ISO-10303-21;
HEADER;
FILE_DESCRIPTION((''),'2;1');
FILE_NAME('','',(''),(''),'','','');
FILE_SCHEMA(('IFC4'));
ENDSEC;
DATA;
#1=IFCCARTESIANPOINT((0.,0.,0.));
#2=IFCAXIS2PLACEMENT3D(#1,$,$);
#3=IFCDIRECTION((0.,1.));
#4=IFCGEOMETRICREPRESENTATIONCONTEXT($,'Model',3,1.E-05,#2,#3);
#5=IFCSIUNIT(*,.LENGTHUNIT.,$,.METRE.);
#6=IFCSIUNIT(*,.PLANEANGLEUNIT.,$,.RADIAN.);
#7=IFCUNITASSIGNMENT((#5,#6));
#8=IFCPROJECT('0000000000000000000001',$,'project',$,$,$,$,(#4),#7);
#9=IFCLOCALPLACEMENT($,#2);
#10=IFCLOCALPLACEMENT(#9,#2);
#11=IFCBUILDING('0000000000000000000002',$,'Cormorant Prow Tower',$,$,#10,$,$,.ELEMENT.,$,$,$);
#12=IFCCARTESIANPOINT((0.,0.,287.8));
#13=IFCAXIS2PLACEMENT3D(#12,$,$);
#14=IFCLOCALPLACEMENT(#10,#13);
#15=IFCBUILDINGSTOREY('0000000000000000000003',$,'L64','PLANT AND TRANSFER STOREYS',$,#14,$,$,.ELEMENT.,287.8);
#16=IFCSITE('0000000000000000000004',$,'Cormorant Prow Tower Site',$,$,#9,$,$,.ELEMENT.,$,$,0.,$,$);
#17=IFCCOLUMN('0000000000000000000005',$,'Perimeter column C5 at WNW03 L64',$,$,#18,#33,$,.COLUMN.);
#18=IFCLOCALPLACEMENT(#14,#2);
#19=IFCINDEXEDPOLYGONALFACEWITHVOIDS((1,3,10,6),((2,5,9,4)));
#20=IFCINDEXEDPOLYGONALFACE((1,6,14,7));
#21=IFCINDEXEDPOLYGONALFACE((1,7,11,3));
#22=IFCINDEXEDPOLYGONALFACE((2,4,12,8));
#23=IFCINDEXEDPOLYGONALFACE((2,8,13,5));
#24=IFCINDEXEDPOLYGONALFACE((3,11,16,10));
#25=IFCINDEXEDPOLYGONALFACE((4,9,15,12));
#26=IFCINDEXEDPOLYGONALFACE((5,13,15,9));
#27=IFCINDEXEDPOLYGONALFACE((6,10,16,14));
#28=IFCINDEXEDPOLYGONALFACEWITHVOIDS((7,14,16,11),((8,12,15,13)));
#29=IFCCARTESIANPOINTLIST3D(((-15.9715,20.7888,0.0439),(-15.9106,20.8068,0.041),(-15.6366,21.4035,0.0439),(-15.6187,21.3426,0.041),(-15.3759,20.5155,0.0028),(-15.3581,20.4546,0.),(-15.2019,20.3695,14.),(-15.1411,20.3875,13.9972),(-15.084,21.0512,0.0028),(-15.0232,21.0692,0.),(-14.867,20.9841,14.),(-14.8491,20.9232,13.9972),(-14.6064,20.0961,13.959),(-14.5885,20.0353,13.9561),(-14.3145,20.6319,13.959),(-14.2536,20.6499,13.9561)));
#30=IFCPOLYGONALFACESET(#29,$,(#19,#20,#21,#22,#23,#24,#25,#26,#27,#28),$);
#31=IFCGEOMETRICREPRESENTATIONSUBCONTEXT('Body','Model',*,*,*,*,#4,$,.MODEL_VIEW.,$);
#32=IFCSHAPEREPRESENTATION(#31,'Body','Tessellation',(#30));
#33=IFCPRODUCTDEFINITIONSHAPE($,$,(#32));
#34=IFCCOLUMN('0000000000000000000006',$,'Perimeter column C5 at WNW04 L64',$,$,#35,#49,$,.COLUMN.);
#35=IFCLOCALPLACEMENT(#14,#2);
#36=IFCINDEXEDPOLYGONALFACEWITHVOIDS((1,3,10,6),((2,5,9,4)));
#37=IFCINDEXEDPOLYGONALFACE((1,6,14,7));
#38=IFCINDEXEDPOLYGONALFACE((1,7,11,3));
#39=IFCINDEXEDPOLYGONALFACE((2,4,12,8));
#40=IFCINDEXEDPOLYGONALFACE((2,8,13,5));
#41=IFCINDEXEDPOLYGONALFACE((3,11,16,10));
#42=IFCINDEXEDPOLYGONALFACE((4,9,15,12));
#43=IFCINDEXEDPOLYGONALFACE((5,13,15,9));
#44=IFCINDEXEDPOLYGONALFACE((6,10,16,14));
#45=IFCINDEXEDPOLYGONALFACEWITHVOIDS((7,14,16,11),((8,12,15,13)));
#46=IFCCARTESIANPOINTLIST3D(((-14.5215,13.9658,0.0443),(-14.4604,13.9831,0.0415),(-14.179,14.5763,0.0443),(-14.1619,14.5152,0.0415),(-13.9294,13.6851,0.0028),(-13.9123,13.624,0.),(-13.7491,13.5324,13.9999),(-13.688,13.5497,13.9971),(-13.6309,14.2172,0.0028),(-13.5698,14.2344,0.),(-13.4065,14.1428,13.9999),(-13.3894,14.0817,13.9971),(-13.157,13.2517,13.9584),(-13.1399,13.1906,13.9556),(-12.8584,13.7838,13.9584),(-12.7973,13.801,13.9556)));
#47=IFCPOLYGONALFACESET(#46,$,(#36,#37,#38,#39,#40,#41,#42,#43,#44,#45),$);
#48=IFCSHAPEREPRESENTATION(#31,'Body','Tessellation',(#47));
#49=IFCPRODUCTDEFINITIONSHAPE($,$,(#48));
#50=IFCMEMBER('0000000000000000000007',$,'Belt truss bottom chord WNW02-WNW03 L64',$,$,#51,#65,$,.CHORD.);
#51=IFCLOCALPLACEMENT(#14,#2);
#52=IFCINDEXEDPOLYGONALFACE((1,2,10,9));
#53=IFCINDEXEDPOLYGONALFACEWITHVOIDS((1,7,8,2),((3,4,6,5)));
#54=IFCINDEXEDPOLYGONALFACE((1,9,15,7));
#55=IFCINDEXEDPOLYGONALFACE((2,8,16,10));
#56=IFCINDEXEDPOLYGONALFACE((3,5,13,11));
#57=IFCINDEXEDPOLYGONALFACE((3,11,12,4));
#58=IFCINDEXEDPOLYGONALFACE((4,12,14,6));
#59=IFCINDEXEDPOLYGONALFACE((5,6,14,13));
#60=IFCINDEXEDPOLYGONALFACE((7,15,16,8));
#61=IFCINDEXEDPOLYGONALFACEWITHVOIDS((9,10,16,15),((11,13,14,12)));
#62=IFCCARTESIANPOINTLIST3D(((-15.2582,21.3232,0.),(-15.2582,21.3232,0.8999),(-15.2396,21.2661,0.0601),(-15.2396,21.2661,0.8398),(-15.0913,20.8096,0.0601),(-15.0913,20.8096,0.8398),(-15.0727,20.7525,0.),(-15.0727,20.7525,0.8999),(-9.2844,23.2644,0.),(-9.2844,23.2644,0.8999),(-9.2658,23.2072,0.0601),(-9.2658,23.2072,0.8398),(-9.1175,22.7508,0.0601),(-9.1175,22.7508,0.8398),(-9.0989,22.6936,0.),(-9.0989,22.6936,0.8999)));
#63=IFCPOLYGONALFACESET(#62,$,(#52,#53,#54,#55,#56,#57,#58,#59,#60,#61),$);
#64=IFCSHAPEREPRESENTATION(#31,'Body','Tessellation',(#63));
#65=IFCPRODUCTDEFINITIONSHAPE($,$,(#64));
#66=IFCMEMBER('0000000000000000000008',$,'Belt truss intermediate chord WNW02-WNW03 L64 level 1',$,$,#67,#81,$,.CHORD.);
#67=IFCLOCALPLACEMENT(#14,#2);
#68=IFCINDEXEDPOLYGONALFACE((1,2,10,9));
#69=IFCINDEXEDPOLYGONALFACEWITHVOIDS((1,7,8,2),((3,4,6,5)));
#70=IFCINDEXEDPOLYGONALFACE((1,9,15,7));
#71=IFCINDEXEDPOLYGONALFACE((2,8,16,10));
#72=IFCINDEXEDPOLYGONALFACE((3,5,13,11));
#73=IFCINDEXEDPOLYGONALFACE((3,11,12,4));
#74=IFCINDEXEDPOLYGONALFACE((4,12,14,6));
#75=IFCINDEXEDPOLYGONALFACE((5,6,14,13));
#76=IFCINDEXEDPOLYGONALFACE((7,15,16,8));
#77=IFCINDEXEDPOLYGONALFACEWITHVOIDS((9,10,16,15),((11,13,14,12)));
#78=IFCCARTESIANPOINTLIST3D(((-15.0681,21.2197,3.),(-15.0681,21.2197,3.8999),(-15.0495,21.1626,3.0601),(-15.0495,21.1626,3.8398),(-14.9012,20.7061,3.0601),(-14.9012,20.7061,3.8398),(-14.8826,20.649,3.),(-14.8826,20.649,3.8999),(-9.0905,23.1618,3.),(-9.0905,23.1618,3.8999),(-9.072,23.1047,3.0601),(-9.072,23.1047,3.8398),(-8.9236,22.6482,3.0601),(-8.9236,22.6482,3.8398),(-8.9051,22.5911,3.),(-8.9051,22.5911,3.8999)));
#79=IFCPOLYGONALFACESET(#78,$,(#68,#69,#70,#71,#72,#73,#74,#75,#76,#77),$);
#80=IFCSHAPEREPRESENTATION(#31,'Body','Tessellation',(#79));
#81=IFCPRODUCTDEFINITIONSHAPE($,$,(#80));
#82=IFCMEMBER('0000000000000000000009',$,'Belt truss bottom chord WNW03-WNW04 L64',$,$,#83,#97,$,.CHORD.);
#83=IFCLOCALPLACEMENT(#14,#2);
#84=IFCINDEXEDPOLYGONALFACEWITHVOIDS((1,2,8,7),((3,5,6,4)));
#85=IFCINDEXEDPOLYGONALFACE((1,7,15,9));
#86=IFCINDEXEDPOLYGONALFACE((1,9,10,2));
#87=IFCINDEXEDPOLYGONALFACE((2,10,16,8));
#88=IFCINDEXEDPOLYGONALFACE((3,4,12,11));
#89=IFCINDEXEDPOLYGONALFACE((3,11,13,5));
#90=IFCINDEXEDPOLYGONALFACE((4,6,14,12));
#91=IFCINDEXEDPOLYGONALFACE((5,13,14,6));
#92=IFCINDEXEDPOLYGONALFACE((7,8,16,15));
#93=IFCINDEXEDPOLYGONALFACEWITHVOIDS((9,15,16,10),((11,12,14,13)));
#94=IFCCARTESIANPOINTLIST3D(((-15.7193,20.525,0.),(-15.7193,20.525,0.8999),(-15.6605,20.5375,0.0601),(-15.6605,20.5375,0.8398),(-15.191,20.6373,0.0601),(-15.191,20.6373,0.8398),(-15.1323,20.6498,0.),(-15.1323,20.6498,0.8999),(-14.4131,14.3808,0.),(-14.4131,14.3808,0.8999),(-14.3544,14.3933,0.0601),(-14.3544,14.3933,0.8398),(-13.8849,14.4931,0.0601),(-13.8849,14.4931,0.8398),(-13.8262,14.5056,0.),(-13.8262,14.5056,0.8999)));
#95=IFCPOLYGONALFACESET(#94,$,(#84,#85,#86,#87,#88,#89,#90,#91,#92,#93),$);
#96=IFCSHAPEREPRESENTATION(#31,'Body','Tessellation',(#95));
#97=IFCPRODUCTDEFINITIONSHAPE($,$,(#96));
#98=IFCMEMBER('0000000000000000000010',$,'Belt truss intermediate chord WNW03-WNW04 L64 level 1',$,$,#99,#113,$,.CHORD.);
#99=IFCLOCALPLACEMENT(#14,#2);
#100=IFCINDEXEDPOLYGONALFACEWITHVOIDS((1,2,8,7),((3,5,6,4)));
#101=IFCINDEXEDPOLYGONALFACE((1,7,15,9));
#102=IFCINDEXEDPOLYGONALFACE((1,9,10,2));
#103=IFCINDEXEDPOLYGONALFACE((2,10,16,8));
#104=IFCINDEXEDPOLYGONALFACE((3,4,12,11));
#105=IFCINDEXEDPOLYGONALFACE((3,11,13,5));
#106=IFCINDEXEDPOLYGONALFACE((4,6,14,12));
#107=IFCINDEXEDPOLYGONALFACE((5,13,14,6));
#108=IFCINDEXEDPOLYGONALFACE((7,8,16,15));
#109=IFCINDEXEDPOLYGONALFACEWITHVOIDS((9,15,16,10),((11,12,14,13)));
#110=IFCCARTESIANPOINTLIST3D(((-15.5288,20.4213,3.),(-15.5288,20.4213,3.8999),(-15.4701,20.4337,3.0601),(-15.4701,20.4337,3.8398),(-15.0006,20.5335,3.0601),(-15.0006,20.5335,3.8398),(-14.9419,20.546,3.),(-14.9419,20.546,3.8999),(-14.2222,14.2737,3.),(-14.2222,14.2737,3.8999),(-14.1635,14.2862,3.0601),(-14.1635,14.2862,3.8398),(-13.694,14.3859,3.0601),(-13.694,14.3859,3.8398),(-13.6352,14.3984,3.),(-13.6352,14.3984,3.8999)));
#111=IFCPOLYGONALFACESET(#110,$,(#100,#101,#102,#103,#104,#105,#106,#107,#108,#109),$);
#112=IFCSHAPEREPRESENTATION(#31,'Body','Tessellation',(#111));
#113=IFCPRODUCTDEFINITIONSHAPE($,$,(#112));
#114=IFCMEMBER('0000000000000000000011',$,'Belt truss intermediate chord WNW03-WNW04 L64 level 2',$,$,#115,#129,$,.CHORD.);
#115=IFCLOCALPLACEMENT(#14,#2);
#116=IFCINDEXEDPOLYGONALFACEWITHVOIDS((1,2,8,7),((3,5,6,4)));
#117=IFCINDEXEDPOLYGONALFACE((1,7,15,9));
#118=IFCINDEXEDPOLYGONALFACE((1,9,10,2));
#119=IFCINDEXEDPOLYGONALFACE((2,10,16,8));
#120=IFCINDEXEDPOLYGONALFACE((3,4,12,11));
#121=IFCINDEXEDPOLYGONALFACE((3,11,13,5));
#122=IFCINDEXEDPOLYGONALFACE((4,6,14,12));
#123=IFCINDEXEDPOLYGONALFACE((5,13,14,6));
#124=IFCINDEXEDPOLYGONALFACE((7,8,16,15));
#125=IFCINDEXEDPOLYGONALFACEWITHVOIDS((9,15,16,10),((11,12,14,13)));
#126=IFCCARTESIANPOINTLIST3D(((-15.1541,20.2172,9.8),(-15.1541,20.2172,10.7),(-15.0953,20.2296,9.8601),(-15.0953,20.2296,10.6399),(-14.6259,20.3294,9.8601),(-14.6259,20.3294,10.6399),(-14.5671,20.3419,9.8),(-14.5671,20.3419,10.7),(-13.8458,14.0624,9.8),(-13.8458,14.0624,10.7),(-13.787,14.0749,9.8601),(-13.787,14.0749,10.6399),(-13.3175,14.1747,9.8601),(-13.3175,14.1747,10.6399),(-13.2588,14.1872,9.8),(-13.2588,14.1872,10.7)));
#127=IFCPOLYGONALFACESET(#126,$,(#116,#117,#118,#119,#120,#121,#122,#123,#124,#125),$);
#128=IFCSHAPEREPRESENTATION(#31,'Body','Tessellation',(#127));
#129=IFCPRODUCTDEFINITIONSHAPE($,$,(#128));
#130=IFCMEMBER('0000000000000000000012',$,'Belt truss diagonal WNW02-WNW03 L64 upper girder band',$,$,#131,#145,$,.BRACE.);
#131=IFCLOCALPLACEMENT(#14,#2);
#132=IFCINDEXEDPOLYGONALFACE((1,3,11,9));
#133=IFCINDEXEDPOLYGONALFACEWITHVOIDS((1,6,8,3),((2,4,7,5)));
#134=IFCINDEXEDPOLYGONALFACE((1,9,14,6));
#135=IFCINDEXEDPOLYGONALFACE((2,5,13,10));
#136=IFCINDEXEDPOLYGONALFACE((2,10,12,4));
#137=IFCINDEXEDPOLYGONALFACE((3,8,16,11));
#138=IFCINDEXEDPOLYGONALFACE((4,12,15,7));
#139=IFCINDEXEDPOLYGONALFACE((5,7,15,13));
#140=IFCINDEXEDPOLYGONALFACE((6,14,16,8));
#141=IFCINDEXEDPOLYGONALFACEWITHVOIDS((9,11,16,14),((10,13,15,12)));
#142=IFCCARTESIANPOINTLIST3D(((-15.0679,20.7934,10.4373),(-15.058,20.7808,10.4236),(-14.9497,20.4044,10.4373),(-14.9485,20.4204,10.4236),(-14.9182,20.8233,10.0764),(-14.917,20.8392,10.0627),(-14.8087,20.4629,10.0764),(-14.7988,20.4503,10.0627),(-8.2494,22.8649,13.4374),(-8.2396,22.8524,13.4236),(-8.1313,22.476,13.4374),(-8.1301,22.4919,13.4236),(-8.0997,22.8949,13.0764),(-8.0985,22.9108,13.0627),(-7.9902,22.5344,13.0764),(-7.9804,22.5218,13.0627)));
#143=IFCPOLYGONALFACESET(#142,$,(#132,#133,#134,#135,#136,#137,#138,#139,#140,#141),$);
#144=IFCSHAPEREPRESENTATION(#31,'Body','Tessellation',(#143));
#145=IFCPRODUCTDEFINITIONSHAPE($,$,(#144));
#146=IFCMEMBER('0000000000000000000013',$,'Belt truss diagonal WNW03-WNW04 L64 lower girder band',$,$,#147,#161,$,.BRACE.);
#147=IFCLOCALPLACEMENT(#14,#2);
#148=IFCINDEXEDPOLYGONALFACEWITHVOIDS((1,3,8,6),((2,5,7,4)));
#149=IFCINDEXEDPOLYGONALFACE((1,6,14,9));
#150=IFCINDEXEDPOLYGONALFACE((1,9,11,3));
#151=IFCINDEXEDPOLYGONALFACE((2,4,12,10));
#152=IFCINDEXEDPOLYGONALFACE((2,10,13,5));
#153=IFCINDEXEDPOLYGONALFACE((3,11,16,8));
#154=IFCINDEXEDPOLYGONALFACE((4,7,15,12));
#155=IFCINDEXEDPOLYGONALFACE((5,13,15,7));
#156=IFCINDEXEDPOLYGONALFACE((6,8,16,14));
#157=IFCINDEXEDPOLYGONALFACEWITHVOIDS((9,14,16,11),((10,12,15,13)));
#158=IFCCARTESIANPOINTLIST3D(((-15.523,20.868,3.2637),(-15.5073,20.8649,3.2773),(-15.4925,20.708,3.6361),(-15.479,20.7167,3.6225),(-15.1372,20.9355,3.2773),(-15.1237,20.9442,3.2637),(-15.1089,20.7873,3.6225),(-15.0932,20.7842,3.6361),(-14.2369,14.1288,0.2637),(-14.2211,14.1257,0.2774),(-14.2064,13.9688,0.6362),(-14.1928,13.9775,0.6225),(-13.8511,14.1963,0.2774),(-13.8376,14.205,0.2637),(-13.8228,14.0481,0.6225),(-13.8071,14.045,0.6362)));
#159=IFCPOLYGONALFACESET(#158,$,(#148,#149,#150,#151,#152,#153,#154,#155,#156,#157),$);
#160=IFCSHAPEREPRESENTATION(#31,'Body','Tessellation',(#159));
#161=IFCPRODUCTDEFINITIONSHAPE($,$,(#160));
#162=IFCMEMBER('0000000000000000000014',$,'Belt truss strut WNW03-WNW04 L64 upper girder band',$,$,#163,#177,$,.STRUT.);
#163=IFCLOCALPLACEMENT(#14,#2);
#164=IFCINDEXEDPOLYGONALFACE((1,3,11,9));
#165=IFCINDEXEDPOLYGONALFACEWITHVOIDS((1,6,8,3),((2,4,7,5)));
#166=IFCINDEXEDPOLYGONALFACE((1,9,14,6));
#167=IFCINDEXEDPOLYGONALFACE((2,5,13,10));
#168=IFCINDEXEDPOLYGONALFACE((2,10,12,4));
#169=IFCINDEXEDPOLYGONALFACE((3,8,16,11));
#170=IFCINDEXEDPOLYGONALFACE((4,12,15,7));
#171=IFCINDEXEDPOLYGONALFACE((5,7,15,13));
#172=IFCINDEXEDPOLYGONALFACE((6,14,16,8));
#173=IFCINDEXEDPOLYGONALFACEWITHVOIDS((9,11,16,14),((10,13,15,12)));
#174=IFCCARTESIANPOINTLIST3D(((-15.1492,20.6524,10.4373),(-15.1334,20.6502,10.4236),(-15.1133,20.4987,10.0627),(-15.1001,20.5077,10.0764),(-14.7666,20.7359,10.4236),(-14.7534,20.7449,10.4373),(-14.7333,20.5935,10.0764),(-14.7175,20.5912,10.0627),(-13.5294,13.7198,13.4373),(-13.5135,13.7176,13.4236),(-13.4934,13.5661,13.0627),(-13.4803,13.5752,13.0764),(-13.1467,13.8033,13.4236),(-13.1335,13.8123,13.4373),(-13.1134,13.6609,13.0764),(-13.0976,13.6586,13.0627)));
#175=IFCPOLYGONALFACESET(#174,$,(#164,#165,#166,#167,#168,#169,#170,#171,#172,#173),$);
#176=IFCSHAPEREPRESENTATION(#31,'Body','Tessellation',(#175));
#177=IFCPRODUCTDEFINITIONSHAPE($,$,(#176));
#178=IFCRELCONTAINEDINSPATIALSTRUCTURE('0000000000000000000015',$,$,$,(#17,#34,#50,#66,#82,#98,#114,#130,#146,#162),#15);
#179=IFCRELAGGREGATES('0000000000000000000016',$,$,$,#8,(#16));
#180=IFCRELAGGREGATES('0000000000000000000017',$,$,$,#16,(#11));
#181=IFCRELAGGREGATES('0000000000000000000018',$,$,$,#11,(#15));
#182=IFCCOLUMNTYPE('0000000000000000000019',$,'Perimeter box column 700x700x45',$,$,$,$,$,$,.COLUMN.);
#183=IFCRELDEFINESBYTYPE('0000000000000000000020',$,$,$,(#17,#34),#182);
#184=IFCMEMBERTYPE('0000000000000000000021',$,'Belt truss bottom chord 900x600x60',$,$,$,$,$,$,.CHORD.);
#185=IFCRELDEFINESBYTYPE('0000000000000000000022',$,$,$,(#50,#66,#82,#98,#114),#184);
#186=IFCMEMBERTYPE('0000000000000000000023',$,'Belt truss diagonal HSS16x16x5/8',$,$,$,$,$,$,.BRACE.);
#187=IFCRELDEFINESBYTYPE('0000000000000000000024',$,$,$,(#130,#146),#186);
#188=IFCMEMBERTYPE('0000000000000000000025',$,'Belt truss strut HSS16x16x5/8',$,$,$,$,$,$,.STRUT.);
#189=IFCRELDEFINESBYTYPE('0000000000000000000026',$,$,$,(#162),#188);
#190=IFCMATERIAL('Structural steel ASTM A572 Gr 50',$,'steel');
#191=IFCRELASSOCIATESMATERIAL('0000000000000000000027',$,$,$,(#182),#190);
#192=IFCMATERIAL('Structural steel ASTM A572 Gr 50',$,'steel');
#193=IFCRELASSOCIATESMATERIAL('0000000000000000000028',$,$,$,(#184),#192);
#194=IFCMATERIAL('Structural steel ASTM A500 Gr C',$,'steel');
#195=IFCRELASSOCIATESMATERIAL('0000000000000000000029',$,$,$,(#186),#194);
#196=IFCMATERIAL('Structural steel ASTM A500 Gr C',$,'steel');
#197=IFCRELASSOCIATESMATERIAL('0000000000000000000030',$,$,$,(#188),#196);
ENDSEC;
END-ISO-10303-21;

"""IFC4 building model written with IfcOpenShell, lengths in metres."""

from ifc_helpers import new_model, si_unit, direction, frame, origin, origin_2d, place, context, subcontext, project, spatial, hollow_rectangle, extrude, material, material_profile, profile_set, type_object, element, save


model = new_model("IFC4")

# Units and contexts
model_context = context("Model", 3, precision=1e-05, world=origin(), true_north=direction((0.0, 1.0)))
body_context = subcontext(model_context, "Body", "Model", "MODEL_VIEW")
ifc_project = project(units=[si_unit("LENGTHUNIT", "METRE"), si_unit("PLANEANGLEUNIT", "RADIAN")], contexts=[model_context])

# Site, building, storey
site_placement = place(None, origin())
site = spatial("IfcSite", under=ifc_project, at=site_placement, Name="Cormorant Prow Tower Site", CompositionType="ELEMENT", RefElevation=0.0)
building_placement = place(site_placement, origin())
building = spatial("IfcBuilding", under=site, at=building_placement, Name="Cormorant Prow Tower", CompositionType="ELEMENT")
storey_placement = place(building_placement, frame((0.0, 0.0, 287.8)))
storey = spatial("IfcBuildingStorey", under=building, at=storey_placement, Name="L64", Description="PLANT AND TRANSFER STOREYS", CompositionType="ELEMENT", Elevation=287.8)

# Columns
ifc_material_1 = material(Name="Structural steel ASTM A572 Gr 50", Category="steel")
ifc_material_profile_1 = material_profile(ifc_material_1, hollow_rectangle(XDim=0.7, YDim=0.7, WallThickness=0.0449, at=origin_2d()), Name="Box 700x700x45")
ifc_profile_set_1 = profile_set([ifc_material_profile_1], Name="Structural steel ASTM A572 Gr 50")
column_type = type_object("IfcColumnType", Name="Perimeter box column 700x700x45", PredefinedType="COLUMN", material=ifc_profile_set_1)
column_1_placement = place(storey_placement, frame((-15.4985, 20.9297, 0.0), z_axis=(0.055033, -0.029988, 0.998034), x_axis=(0.478482, 0.878097, 0.0)))
element("IfcColumn", 1, at=column_1_placement, inside=storey, type_object=column_type, Name="Perimeter column C5 at WNW03 L64", PredefinedType="COLUMN", context=body_context, shape_type="SweptSolid", body=[
    extrude(hollow_rectangle(XDim=0.7, YDim=0.7, WallThickness=0.0449, at=origin_2d()), frame((0.0, 0.0, 0.022)), (0.0, 0.0, 1.0), 13.9836),
])
column_2_placement = place(storey_placement, frame((-14.0469, 14.1008, 0.0), z_axis=(0.055239, -0.030996, 0.997992), x_axis=(0.489348, 0.872089, 0.0)))
element("IfcColumn", 2, at=column_2_placement, inside=storey, type_object=column_type, Name="Perimeter column C5 at WNW04 L64", PredefinedType="COLUMN", context=body_context, shape_type="SweptSolid", body=[
    extrude(hollow_rectangle(XDim=0.7, YDim=0.7, WallThickness=0.0449, at=origin_2d()), frame((0.0, 0.0, 0.0222)), (0.0, 0.0, 1.0), 13.9836),
])

# Members
ifc_material_2 = material(Name="Structural steel ASTM A572 Gr 50", Category="steel")
ifc_material_profile_2 = material_profile(ifc_material_2, hollow_rectangle(XDim=0.6001, YDim=0.8999, WallThickness=0.0601, at=origin_2d()), Name="Box 900x600x60")
ifc_profile_set_2 = profile_set([ifc_material_profile_2], Name="Structural steel ASTM A572 Gr 50")
member_type_1 = type_object("IfcMemberType", Name="Belt truss bottom chord 900x600x60", PredefinedType="CHORD", material=ifc_profile_set_2)
member_1_placement = place(storey_placement, frame((-9.1917, 22.979, 0.45), z_axis=(-0.95105, -0.309036, 0.0), x_axis=(0.309036, -0.95105, 0.0)))
element("IfcMember", 3, at=member_1_placement, inside=storey, type_object=member_type_1, Name="Belt truss bottom chord WNW02-WNW03 L64", PredefinedType="CHORD", context=body_context, shape_type="SweptSolid", body=[
    extrude(hollow_rectangle(XDim=0.6001, YDim=0.8999, WallThickness=0.0601, at=origin_2d()), origin(), (0.0, 0.0, 1.0), 6.2812),
])
member_2_placement = place(storey_placement, frame((-8.9978, 22.8765, 3.45), z_axis=(-0.95106, -0.309005, 0.0), x_axis=(0.309005, -0.95106, 0.0)))
element("IfcMember", 4, at=member_2_placement, inside=storey, type_object=member_type_1, Name="Belt truss intermediate chord WNW02-WNW03 L64 level 1", PredefinedType="CHORD", context=body_context, shape_type="SweptSolid", body=[
    extrude(hollow_rectangle(XDim=0.6001, YDim=0.8999, WallThickness=0.0601, at=origin_2d()), origin(), (0.0, 0.0, 1.0), 6.2852),
])
member_3_placement = place(storey_placement, frame((-15.4258, 20.5874, 0.45), z_axis=(0.207934, -0.978143, 0.0), x_axis=(0.978143, 0.207934, 0.0)))
element("IfcMember", 5, at=member_3_placement, inside=storey, type_object=member_type_1, Name="Belt truss bottom chord WNW03-WNW04 L64", PredefinedType="CHORD", context=body_context, shape_type="SweptSolid", body=[
    extrude(hollow_rectangle(XDim=0.6001, YDim=0.8999, WallThickness=0.0601, at=origin_2d()), origin(), (0.0, 0.0, 1.0), 6.2815),
])
member_4_placement = place(storey_placement, frame((-15.2354, 20.4836, 3.45), z_axis=(0.207897, -0.978151, 0.0), x_axis=(0.978151, 0.207897, 0.0)))
element("IfcMember", 6, at=member_4_placement, inside=storey, type_object=member_type_1, Name="Belt truss intermediate chord WNW03-WNW04 L64 level 1", PredefinedType="CHORD", context=body_context, shape_type="SweptSolid", body=[
    extrude(hollow_rectangle(XDim=0.6001, YDim=0.8999, WallThickness=0.0601, at=origin_2d()), origin(), (0.0, 0.0, 1.0), 6.2849),
])
member_5_placement = place(storey_placement, frame((-14.8606, 20.2795, 10.25), z_axis=(0.207928, -0.978144, 0.0), x_axis=(0.978144, 0.207928, 0.0)))
element("IfcMember", 7, at=member_5_placement, inside=storey, type_object=member_type_1, Name="Belt truss intermediate chord WNW03-WNW04 L64 level 2", PredefinedType="CHORD", context=body_context, shape_type="SweptSolid", body=[
    extrude(hollow_rectangle(XDim=0.6001, YDim=0.8999, WallThickness=0.0601, at=origin_2d()), origin(), (0.0, 0.0, 1.0), 6.2922),
])
ifc_material_3 = material(Name="Structural steel ASTM A500 Gr C", Category="steel")
ifc_material_profile_3 = material_profile(ifc_material_3, hollow_rectangle(XDim=0.4065, YDim=0.4065, WallThickness=0.0149, at=origin_2d()), Name="HSS16x16x5/8")
ifc_profile_set_3 = profile_set([ifc_material_profile_3], Name="Structural steel ASTM A500 Gr C")
member_type_2 = type_object("IfcMemberType", Name="Belt truss diagonal HSS16x16x5/8", PredefinedType="BRACE", material=ifc_profile_set_3)
member_6_placement = place(storey_placement, frame((-14.9333, 20.6218, 10.25), z_axis=(0.881855, 0.267923, 0.388006), x_axis=(-0.290697, 0.956815, 0.0)))
element("IfcMember", 8, at=member_6_placement, inside=storey, type_object=member_type_2, Name="Belt truss diagonal WNW02-WNW03 L64 upper girder band", PredefinedType="BRACE", context=body_context, shape_type="SweptSolid", body=[
    extrude(hollow_rectangle(XDim=0.4065, YDim=0.4065, WallThickness=0.0149, at=origin_2d()), origin(), (0.0, 0.0, 1.0), 7.7319),
])
member_7_placement = place(storey_placement, frame((-14.022, 14.0869, 0.45), z_axis=(-0.171757, 0.899995, 0.400635), x_axis=(-0.982272, -0.187459, 0.0)))
element("IfcMember", 9, at=member_7_placement, inside=storey, type_object=member_type_2, Name="Belt truss diagonal WNW03-WNW04 L64 lower girder band", PredefinedType="BRACE", context=body_context, shape_type="SweptSolid", body=[
    extrude(hollow_rectangle(XDim=0.4065, YDim=0.4065, WallThickness=0.0149, at=origin_2d()), origin(), (0.0, 0.0, 1.0), 7.488),
])
ifc_material_4 = material(Name="Structural steel ASTM A500 Gr C", Category="steel")
ifc_material_profile_4 = material_profile(ifc_material_4, hollow_rectangle(XDim=0.4065, YDim=0.4065, WallThickness=0.0149, at=origin_2d()), Name="HSS16x16x5/8")
ifc_profile_set_4 = profile_set([ifc_material_profile_4], Name="Structural steel ASTM A500 Gr C")
member_type_3 = type_object("IfcMemberType", Name="Belt truss strut HSS16x16x5/8", PredefinedType="STRUT", material=ifc_profile_set_4)
member_8_placement = place(storey_placement, frame((-14.9333, 20.6218, 10.25), z_axis=(0.209676, -0.897354, 0.388318), x_axis=(0.973771, 0.227531, 0.0)))
element("IfcMember", 10, at=member_8_placement, inside=storey, type_object=member_type_3, Name="Belt truss strut WNW03-WNW04 L64 upper girder band", PredefinedType="STRUT", context=body_context, shape_type="SweptSolid", body=[
    extrude(hollow_rectangle(XDim=0.4065, YDim=0.4065, WallThickness=0.0149, at=origin_2d()), origin(), (0.0, 0.0, 1.0), 7.7256),
])

save(model, "model.ifc")
